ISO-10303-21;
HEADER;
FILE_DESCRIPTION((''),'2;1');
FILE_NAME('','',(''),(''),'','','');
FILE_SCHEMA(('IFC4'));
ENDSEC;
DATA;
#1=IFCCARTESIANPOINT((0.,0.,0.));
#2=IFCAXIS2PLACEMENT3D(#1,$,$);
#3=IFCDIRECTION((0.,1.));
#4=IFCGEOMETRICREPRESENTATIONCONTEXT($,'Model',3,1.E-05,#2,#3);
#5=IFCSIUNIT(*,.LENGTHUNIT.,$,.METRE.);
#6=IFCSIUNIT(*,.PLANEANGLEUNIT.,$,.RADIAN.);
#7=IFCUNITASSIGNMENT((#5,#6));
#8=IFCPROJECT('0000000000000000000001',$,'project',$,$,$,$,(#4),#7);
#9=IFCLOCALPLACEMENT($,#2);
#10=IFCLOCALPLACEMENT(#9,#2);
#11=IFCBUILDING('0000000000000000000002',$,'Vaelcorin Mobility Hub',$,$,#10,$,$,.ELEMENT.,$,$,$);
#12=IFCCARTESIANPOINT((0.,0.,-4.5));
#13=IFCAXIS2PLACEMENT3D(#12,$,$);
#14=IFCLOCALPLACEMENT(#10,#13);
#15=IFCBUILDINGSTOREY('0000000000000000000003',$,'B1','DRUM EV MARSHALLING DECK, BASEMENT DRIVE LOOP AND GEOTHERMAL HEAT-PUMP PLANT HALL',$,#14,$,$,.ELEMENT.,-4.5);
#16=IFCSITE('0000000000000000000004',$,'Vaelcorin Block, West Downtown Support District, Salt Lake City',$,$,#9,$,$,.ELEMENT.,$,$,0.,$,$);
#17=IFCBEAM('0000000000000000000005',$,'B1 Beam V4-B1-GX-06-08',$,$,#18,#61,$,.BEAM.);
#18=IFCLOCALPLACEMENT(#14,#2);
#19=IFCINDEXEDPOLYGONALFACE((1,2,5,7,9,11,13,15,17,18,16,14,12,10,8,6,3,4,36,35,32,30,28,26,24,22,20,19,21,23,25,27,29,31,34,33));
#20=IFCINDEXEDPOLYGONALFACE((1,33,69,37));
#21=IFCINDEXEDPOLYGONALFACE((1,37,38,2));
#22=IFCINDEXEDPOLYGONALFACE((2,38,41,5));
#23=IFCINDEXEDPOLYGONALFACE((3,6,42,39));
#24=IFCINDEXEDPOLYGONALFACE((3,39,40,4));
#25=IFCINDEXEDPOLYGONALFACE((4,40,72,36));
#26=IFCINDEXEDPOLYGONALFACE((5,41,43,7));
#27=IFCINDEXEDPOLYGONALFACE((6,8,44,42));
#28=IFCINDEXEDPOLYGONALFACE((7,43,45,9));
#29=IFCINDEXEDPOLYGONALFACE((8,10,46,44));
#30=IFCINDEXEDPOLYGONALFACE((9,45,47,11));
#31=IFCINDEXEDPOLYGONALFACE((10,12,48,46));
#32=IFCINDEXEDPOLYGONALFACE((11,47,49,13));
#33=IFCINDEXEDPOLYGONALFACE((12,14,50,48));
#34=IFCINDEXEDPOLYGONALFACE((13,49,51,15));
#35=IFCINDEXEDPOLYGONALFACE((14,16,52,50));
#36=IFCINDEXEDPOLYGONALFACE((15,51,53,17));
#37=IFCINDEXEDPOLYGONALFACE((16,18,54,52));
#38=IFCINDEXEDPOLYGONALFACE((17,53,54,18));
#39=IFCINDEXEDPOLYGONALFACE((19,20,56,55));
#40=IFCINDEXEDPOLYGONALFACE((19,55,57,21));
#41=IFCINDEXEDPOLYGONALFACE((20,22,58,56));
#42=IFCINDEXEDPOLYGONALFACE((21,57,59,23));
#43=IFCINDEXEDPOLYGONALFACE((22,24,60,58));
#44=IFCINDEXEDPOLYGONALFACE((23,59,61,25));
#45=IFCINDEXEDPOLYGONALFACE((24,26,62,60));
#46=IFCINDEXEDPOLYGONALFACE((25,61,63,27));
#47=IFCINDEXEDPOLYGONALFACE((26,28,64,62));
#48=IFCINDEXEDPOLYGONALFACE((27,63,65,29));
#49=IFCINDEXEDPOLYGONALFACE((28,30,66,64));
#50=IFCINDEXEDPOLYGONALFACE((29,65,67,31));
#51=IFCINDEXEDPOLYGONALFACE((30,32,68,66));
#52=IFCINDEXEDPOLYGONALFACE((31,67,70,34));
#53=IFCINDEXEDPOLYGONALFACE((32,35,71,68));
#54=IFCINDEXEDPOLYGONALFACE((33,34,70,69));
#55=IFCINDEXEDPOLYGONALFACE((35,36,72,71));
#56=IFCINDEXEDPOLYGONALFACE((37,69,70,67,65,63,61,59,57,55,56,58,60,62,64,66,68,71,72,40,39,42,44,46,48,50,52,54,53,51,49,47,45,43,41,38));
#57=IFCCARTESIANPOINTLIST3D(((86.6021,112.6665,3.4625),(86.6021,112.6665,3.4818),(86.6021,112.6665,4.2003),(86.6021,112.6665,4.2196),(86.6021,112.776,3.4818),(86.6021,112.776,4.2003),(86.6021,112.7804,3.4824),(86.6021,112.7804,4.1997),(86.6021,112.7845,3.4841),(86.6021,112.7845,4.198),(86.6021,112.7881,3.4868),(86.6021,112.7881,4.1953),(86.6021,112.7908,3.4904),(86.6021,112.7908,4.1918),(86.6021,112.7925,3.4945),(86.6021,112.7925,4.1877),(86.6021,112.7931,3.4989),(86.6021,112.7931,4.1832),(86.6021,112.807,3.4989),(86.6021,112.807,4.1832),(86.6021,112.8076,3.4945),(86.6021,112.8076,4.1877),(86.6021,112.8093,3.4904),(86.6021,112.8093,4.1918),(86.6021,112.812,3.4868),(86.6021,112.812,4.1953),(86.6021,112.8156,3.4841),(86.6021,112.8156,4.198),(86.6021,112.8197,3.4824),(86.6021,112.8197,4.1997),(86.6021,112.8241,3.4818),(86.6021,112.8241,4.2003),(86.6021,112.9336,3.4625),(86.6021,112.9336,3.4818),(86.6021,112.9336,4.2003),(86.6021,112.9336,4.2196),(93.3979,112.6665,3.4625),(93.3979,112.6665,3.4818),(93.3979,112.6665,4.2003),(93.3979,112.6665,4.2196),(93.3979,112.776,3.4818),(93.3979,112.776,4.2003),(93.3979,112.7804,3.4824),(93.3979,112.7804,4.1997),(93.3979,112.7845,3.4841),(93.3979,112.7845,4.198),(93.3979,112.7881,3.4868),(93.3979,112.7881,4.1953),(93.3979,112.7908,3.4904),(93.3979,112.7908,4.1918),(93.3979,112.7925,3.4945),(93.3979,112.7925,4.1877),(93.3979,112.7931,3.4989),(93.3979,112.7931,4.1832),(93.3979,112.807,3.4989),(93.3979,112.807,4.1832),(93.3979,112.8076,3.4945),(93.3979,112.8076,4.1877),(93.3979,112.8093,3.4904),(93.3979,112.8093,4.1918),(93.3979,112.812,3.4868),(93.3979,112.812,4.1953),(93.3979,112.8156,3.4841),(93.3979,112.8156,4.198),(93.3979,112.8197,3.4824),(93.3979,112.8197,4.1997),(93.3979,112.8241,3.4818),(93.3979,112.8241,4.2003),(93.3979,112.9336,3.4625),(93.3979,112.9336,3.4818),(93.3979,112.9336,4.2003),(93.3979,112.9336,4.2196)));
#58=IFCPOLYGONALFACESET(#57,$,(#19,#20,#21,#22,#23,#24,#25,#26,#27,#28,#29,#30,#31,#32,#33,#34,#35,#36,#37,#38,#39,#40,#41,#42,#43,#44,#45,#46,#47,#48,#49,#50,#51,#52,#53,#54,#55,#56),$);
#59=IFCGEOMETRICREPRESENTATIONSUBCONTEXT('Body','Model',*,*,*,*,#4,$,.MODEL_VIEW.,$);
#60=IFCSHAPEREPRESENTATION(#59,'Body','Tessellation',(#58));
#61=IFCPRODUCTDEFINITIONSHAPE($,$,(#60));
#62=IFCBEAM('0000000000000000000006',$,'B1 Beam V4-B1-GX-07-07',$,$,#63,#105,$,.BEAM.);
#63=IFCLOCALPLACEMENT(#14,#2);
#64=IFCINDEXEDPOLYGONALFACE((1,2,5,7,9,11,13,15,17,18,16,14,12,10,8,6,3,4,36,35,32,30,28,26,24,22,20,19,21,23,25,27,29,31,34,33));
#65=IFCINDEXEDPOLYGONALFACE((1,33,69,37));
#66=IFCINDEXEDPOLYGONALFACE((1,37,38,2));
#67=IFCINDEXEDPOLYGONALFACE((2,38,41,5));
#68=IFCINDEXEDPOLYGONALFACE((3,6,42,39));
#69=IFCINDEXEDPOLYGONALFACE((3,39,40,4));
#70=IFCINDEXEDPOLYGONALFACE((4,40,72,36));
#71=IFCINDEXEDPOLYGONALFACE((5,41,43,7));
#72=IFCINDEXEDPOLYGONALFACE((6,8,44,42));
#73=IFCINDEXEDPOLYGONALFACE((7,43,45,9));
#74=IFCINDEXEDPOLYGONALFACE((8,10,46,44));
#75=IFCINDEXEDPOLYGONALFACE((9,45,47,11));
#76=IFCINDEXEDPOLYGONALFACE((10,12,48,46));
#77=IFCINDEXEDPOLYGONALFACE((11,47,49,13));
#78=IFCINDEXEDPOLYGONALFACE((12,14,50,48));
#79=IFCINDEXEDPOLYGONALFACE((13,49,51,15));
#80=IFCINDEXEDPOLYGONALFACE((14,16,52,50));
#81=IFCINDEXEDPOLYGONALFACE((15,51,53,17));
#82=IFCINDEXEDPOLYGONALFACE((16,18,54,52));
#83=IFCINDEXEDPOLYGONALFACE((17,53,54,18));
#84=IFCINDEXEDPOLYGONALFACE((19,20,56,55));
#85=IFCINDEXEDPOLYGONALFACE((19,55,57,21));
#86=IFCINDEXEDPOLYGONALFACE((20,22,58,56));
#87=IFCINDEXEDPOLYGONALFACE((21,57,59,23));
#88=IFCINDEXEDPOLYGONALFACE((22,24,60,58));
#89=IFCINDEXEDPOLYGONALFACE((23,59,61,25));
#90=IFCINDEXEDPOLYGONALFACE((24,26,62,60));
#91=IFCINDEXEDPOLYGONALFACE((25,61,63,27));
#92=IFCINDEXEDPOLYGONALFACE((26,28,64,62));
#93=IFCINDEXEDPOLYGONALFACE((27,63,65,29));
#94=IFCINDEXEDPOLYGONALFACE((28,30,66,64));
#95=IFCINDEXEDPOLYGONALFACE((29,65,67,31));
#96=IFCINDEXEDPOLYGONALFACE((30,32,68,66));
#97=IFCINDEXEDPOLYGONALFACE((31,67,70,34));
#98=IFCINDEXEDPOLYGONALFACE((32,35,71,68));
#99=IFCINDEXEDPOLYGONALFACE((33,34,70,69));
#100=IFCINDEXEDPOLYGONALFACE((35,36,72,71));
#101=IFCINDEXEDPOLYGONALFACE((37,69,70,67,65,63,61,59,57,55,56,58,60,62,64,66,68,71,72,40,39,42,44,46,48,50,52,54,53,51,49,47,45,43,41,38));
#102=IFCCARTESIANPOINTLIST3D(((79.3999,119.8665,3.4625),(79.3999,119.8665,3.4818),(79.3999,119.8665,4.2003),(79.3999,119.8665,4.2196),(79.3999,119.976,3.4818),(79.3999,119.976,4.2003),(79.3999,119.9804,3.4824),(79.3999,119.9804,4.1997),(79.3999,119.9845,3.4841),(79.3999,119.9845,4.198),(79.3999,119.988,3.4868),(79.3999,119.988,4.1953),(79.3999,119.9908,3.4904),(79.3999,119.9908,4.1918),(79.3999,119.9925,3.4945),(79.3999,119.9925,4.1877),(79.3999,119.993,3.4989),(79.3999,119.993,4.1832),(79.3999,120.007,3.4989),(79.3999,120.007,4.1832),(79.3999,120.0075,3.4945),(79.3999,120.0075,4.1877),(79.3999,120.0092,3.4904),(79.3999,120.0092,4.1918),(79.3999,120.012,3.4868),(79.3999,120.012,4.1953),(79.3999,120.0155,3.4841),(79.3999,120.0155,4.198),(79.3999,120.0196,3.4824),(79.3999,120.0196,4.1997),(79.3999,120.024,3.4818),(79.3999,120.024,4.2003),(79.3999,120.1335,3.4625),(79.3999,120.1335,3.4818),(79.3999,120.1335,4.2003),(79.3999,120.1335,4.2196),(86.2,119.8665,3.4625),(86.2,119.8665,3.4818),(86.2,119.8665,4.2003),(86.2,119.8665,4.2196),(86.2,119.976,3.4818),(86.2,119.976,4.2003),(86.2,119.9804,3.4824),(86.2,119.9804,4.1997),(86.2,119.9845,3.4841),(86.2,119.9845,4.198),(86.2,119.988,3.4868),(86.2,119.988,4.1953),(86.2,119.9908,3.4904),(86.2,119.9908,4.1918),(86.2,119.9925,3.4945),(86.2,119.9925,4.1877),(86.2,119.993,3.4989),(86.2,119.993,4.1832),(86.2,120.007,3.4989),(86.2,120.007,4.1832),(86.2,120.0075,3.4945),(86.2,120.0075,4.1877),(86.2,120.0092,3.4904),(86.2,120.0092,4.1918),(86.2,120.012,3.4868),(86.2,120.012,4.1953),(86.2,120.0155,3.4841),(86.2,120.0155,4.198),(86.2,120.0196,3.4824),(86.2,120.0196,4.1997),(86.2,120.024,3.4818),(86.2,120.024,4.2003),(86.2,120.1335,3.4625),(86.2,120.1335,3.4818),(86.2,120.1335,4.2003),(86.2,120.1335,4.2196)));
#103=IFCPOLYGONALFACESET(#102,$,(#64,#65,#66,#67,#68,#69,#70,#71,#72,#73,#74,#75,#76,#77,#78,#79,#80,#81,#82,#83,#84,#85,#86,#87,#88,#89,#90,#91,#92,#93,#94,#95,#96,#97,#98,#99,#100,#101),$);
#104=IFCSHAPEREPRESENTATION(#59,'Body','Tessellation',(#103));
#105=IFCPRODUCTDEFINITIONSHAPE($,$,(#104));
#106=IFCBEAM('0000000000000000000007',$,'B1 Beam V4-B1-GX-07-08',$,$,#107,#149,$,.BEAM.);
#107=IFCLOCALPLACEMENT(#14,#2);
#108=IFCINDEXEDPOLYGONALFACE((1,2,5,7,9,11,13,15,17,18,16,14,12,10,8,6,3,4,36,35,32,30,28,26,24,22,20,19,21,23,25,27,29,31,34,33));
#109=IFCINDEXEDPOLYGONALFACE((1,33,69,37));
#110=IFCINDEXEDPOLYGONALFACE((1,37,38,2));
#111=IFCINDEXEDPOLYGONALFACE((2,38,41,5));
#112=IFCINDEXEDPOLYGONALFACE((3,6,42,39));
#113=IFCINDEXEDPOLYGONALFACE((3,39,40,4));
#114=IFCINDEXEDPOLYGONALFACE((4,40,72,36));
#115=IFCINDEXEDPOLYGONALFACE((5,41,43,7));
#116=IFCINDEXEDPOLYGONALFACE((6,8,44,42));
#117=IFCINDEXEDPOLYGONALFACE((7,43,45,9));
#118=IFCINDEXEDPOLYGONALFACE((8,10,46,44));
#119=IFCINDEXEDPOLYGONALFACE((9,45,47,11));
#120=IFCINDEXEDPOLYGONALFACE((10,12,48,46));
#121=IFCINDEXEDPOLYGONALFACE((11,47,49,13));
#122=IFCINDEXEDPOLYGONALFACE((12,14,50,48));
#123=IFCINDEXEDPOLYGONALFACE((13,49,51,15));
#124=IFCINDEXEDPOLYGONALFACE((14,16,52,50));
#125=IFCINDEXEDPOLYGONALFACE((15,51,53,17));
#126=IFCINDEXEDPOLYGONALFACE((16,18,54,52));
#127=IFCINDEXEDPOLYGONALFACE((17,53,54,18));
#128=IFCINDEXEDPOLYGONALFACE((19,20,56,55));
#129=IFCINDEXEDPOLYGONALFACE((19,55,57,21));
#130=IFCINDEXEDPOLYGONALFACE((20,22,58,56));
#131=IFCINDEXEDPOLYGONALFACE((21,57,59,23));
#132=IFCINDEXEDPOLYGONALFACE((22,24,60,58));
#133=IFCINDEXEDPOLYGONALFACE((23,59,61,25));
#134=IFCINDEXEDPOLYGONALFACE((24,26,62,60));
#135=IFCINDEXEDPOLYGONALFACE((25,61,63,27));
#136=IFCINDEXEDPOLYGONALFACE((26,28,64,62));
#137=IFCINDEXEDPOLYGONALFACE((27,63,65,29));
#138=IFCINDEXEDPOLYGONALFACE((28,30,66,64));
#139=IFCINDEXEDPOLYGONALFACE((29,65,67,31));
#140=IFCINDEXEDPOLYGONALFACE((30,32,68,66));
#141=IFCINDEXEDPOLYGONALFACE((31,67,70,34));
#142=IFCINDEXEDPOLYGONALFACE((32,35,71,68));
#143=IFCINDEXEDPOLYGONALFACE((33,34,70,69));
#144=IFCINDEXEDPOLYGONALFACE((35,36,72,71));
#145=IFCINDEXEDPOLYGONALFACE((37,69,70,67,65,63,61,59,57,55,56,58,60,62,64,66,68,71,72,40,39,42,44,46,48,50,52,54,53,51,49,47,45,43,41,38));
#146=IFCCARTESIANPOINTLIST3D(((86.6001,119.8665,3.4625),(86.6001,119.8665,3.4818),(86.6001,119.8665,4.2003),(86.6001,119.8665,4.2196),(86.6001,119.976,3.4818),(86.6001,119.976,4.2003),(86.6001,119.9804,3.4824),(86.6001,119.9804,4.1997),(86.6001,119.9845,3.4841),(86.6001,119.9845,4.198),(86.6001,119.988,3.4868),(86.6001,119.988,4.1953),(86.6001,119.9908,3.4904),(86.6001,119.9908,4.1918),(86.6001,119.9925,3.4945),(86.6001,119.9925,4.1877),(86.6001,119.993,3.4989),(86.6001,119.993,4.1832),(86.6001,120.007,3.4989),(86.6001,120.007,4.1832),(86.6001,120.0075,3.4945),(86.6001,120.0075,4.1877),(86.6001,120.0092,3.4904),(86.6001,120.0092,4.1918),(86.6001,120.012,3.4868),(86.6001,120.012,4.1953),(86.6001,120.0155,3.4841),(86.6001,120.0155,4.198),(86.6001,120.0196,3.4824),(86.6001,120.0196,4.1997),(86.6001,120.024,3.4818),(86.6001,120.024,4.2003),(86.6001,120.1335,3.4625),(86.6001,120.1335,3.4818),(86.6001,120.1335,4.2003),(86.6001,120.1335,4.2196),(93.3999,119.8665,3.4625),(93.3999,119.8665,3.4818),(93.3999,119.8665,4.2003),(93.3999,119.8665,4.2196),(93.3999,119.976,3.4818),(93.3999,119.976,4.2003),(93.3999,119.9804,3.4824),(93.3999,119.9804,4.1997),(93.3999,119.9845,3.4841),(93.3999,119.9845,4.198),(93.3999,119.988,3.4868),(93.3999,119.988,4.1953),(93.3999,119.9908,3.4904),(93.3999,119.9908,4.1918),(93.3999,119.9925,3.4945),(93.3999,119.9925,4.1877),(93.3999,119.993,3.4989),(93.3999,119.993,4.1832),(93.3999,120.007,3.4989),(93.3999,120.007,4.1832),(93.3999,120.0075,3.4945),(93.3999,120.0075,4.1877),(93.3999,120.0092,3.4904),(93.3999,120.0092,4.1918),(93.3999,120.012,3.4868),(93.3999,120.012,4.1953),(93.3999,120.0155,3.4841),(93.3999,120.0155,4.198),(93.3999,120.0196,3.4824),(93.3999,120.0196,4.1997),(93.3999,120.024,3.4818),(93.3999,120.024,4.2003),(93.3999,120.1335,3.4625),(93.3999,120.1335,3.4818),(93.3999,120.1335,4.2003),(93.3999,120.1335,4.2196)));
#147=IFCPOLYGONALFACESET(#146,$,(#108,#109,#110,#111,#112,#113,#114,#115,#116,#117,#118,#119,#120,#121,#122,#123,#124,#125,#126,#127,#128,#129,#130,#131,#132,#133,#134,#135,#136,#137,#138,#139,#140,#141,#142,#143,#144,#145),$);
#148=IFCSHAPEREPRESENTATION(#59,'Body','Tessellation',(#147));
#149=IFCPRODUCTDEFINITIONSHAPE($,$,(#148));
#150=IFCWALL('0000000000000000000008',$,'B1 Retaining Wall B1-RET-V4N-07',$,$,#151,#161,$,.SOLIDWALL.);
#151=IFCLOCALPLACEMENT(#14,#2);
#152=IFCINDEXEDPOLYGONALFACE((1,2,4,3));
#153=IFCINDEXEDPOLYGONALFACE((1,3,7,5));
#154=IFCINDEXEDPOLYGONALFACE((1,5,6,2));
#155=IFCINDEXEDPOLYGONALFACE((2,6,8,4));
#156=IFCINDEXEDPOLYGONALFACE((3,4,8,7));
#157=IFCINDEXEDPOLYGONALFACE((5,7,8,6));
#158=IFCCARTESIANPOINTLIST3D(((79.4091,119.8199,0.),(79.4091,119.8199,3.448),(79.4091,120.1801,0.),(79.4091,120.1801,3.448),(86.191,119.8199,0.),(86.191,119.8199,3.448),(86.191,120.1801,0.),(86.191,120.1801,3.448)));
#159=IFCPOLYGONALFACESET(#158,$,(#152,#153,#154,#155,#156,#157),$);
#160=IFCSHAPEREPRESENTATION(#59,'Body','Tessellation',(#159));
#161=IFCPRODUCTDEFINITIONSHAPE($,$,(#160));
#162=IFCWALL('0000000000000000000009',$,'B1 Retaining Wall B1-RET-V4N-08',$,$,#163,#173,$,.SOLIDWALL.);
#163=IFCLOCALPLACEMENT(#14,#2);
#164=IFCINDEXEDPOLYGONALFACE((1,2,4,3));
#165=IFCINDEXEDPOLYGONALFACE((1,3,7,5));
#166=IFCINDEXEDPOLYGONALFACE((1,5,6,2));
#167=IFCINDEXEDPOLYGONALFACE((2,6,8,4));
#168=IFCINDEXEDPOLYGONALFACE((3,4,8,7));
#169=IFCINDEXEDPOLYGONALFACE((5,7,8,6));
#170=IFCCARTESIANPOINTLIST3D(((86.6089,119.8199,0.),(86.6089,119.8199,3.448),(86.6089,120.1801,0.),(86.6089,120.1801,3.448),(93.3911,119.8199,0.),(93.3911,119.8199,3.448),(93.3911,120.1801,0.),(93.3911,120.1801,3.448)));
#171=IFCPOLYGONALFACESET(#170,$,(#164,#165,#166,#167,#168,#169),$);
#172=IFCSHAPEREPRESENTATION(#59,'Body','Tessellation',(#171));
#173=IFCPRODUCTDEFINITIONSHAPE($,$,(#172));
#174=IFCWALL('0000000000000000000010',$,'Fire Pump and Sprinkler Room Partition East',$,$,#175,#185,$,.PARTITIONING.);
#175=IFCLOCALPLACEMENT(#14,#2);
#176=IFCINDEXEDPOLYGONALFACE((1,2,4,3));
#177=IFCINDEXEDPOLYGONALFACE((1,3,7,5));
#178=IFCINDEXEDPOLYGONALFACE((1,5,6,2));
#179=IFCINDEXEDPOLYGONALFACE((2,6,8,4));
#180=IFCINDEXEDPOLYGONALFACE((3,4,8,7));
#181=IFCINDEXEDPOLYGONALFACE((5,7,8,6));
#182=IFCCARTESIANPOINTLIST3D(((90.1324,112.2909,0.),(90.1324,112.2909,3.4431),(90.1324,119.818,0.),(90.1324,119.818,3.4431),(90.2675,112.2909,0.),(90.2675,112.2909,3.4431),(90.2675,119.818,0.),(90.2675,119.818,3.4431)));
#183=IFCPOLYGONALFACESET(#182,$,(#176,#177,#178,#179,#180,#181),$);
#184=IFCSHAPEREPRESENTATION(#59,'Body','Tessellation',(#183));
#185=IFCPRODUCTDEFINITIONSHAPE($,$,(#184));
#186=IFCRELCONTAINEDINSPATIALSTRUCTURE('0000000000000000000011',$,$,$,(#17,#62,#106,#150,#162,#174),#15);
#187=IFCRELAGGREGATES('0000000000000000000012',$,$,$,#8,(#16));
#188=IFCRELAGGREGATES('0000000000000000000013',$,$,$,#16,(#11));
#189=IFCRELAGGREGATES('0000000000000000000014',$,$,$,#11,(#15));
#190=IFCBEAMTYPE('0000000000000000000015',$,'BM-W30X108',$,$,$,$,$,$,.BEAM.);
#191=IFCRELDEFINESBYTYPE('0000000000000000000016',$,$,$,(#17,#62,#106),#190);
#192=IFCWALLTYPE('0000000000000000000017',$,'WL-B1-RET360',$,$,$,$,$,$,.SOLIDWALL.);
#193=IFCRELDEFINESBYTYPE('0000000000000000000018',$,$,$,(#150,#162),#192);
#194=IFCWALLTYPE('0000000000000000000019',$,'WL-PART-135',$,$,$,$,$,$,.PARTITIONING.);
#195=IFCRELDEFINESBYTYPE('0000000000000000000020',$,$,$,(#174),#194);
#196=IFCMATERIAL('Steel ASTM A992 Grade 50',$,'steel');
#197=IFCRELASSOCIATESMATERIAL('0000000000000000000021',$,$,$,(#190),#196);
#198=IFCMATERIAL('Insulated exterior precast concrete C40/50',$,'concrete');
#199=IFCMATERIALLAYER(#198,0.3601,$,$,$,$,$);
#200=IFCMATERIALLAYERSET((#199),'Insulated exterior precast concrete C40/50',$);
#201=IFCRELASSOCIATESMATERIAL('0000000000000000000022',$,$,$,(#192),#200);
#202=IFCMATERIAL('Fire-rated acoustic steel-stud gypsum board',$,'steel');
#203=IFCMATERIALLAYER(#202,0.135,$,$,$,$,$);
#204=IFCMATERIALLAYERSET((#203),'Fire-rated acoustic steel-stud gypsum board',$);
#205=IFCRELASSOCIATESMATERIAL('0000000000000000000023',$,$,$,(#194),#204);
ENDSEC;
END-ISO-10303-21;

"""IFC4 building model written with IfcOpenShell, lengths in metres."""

from ifc_helpers import new_model, si_unit, direction, frame, frame_2d, origin, origin_2d, place, context, subcontext, project, spatial, rectangle, i_section, extrude, material, layer, layer_set, material_profile, profile_set, type_object, element, save


model = new_model("IFC4")

# Units and contexts
model_context = context("Model", 3, precision=1e-05, world=origin(), true_north=direction((0.0, 1.0)))
body_context = subcontext(model_context, "Body", "Model", "MODEL_VIEW")
ifc_project = project(units=[si_unit("LENGTHUNIT", "METRE"), si_unit("PLANEANGLEUNIT", "RADIAN")], contexts=[model_context])

# Site, building, storey
site_placement = place(None, origin())
site = spatial("IfcSite", under=ifc_project, at=site_placement, Name="Vaelcorin Block, West Downtown Support District, Salt Lake City", CompositionType="ELEMENT", RefElevation=0.0)
building_placement = place(site_placement, origin())
building = spatial("IfcBuilding", under=site, at=building_placement, Name="Vaelcorin Mobility Hub", CompositionType="ELEMENT")
storey_placement = place(building_placement, frame((0.0, 0.0, -4.5)))
storey = spatial("IfcBuildingStorey", under=building, at=storey_placement, Name="B1", Description="DRUM EV MARSHALLING DECK, BASEMENT DRIVE LOOP AND GEOTHERMAL HEAT-PUMP PLANT HALL", CompositionType="ELEMENT", Elevation=-4.5)

# Shared definitions
ifc_material_1 = material(Name="Steel ASTM A992 Grade 50", Category="steel")

# Beams
ifc_material_profile_1 = material_profile(ifc_material_1, i_section(OverallWidth=0.2671, OverallDepth=0.7571, WebThickness=0.0139, FlangeThickness=0.0193, FilletRadius=0.0171, at=origin_2d()), Name="W30X108")
ifc_profile_set_1 = profile_set([ifc_material_profile_1], Name="Steel ASTM A992 Grade 50")
beam_type_1 = type_object("IfcBeamType", Name="BM-W30X108", PredefinedType="BEAM", material=ifc_profile_set_1)
beam_1_placement = place(storey_placement, frame((86.6021, 112.8, 3.8411), z_axis=(1.0, 0.0, 0.0), x_axis=(0.0, 1.0, 0.0)))
element("IfcBeam", 1, at=beam_1_placement, inside=storey, type_object=beam_type_1, Name="B1 Beam V4-B1-GX-06-08", PredefinedType="BEAM", context=body_context, shape_type="SweptSolid", body=[
    extrude(i_section(OverallWidth=0.2671, OverallDepth=0.7571, WebThickness=0.0139, FlangeThickness=0.0193, FilletRadius=0.0171, at=origin_2d()), origin(), (0.0, 0.0, 1.0), 6.7959),
])
beam_2_placement = place(storey_placement, frame((79.3999, 120.0, 3.8411), z_axis=(1.0, 0.0, 0.0), x_axis=(0.0, 1.0, 0.0)))
element("IfcBeam", 2, at=beam_2_placement, inside=storey, type_object=beam_type_1, Name="B1 Beam V4-B1-GX-07-07", PredefinedType="BEAM", context=body_context, shape_type="SweptSolid", body=[
    extrude(i_section(OverallWidth=0.2671, OverallDepth=0.7571, WebThickness=0.0139, FlangeThickness=0.0193, FilletRadius=0.0171, at=origin_2d()), origin(), (0.0, 0.0, 1.0), 6.8),
])
beam_3_placement = place(storey_placement, frame((86.6001, 120.0, 3.8411), z_axis=(1.0, 0.0, 0.0), x_axis=(0.0, 1.0, 0.0)))
element("IfcBeam", 3, at=beam_3_placement, inside=storey, type_object=beam_type_1, Name="B1 Beam V4-B1-GX-07-08", PredefinedType="BEAM", context=body_context, shape_type="SweptSolid", body=[
    extrude(i_section(OverallWidth=0.2671, OverallDepth=0.7571, WebThickness=0.0139, FlangeThickness=0.0193, FilletRadius=0.0171, at=origin_2d()), origin(), (0.0, 0.0, 1.0), 6.7998),
])

# Walls
ifc_material_2 = material(Name="Insulated exterior precast concrete C40/50", Category="concrete")
ifc_layer_1 = layer(ifc_material_2, 0.3601)
ifc_layer_set_1 = layer_set([ifc_layer_1], Name="Insulated exterior precast concrete C40/50")
wall_type_1 = type_object("IfcWallType", Name="WL-B1-RET360", PredefinedType="SOLIDWALL", material=ifc_layer_set_1)
wall_1_placement = place(storey_placement, frame((79.4089, 120.0, 0.0), z_axis=(0.0, 0.0, 1.0), x_axis=(1.0, 0.0, 0.0)))
element("IfcWall", 4, at=wall_1_placement, inside=storey, type_object=wall_type_1, Name="B1 Retaining Wall B1-RET-V4N-07", PredefinedType="SOLIDWALL", context=body_context, shape_type="SweptSolid", body=[
    extrude(rectangle(XDim=6.782, YDim=0.3601, at=frame_2d((3.3911, 0.0))), origin(), (0.0, 0.0, 1.0), 3.448),
])
wall_2_placement = place(storey_placement, frame((86.6089, 120.0, 0.0), z_axis=(0.0, 0.0, 1.0), x_axis=(1.0, 0.0, 0.0)))
element("IfcWall", 5, at=wall_2_placement, inside=storey, type_object=wall_type_1, Name="B1 Retaining Wall B1-RET-V4N-08", PredefinedType="SOLIDWALL", context=body_context, shape_type="SweptSolid", body=[
    extrude(rectangle(XDim=6.7822, YDim=0.3601, at=frame_2d((3.3911, 0.0))), origin(), (0.0, 0.0, 1.0), 3.448),
])
ifc_material_3 = material(Name="Fire-rated acoustic steel-stud gypsum board", Category="steel")
ifc_layer_2 = layer(ifc_material_3, 0.135)
ifc_layer_set_2 = layer_set([ifc_layer_2], Name="Fire-rated acoustic steel-stud gypsum board")
wall_type_2 = type_object("IfcWallType", Name="WL-PART-135", PredefinedType="PARTITIONING", material=ifc_layer_set_2)
wall_3_placement = place(storey_placement, frame((90.2, 119.8181, 0.0), z_axis=(0.0, 0.0, 1.0), x_axis=(0.0, -1.0, 0.0)))
element("IfcWall", 6, at=wall_3_placement, inside=storey, type_object=wall_type_2, Name="Fire Pump and Sprinkler Room Partition East", PredefinedType="PARTITIONING", context=body_context, shape_type="SweptSolid", body=[
    extrude(rectangle(XDim=7.5271, YDim=0.135, at=frame_2d((3.7637, 0.0))), origin(), (0.0, 0.0, 1.0), 3.4431),
])

save(model, "model.ifc")
